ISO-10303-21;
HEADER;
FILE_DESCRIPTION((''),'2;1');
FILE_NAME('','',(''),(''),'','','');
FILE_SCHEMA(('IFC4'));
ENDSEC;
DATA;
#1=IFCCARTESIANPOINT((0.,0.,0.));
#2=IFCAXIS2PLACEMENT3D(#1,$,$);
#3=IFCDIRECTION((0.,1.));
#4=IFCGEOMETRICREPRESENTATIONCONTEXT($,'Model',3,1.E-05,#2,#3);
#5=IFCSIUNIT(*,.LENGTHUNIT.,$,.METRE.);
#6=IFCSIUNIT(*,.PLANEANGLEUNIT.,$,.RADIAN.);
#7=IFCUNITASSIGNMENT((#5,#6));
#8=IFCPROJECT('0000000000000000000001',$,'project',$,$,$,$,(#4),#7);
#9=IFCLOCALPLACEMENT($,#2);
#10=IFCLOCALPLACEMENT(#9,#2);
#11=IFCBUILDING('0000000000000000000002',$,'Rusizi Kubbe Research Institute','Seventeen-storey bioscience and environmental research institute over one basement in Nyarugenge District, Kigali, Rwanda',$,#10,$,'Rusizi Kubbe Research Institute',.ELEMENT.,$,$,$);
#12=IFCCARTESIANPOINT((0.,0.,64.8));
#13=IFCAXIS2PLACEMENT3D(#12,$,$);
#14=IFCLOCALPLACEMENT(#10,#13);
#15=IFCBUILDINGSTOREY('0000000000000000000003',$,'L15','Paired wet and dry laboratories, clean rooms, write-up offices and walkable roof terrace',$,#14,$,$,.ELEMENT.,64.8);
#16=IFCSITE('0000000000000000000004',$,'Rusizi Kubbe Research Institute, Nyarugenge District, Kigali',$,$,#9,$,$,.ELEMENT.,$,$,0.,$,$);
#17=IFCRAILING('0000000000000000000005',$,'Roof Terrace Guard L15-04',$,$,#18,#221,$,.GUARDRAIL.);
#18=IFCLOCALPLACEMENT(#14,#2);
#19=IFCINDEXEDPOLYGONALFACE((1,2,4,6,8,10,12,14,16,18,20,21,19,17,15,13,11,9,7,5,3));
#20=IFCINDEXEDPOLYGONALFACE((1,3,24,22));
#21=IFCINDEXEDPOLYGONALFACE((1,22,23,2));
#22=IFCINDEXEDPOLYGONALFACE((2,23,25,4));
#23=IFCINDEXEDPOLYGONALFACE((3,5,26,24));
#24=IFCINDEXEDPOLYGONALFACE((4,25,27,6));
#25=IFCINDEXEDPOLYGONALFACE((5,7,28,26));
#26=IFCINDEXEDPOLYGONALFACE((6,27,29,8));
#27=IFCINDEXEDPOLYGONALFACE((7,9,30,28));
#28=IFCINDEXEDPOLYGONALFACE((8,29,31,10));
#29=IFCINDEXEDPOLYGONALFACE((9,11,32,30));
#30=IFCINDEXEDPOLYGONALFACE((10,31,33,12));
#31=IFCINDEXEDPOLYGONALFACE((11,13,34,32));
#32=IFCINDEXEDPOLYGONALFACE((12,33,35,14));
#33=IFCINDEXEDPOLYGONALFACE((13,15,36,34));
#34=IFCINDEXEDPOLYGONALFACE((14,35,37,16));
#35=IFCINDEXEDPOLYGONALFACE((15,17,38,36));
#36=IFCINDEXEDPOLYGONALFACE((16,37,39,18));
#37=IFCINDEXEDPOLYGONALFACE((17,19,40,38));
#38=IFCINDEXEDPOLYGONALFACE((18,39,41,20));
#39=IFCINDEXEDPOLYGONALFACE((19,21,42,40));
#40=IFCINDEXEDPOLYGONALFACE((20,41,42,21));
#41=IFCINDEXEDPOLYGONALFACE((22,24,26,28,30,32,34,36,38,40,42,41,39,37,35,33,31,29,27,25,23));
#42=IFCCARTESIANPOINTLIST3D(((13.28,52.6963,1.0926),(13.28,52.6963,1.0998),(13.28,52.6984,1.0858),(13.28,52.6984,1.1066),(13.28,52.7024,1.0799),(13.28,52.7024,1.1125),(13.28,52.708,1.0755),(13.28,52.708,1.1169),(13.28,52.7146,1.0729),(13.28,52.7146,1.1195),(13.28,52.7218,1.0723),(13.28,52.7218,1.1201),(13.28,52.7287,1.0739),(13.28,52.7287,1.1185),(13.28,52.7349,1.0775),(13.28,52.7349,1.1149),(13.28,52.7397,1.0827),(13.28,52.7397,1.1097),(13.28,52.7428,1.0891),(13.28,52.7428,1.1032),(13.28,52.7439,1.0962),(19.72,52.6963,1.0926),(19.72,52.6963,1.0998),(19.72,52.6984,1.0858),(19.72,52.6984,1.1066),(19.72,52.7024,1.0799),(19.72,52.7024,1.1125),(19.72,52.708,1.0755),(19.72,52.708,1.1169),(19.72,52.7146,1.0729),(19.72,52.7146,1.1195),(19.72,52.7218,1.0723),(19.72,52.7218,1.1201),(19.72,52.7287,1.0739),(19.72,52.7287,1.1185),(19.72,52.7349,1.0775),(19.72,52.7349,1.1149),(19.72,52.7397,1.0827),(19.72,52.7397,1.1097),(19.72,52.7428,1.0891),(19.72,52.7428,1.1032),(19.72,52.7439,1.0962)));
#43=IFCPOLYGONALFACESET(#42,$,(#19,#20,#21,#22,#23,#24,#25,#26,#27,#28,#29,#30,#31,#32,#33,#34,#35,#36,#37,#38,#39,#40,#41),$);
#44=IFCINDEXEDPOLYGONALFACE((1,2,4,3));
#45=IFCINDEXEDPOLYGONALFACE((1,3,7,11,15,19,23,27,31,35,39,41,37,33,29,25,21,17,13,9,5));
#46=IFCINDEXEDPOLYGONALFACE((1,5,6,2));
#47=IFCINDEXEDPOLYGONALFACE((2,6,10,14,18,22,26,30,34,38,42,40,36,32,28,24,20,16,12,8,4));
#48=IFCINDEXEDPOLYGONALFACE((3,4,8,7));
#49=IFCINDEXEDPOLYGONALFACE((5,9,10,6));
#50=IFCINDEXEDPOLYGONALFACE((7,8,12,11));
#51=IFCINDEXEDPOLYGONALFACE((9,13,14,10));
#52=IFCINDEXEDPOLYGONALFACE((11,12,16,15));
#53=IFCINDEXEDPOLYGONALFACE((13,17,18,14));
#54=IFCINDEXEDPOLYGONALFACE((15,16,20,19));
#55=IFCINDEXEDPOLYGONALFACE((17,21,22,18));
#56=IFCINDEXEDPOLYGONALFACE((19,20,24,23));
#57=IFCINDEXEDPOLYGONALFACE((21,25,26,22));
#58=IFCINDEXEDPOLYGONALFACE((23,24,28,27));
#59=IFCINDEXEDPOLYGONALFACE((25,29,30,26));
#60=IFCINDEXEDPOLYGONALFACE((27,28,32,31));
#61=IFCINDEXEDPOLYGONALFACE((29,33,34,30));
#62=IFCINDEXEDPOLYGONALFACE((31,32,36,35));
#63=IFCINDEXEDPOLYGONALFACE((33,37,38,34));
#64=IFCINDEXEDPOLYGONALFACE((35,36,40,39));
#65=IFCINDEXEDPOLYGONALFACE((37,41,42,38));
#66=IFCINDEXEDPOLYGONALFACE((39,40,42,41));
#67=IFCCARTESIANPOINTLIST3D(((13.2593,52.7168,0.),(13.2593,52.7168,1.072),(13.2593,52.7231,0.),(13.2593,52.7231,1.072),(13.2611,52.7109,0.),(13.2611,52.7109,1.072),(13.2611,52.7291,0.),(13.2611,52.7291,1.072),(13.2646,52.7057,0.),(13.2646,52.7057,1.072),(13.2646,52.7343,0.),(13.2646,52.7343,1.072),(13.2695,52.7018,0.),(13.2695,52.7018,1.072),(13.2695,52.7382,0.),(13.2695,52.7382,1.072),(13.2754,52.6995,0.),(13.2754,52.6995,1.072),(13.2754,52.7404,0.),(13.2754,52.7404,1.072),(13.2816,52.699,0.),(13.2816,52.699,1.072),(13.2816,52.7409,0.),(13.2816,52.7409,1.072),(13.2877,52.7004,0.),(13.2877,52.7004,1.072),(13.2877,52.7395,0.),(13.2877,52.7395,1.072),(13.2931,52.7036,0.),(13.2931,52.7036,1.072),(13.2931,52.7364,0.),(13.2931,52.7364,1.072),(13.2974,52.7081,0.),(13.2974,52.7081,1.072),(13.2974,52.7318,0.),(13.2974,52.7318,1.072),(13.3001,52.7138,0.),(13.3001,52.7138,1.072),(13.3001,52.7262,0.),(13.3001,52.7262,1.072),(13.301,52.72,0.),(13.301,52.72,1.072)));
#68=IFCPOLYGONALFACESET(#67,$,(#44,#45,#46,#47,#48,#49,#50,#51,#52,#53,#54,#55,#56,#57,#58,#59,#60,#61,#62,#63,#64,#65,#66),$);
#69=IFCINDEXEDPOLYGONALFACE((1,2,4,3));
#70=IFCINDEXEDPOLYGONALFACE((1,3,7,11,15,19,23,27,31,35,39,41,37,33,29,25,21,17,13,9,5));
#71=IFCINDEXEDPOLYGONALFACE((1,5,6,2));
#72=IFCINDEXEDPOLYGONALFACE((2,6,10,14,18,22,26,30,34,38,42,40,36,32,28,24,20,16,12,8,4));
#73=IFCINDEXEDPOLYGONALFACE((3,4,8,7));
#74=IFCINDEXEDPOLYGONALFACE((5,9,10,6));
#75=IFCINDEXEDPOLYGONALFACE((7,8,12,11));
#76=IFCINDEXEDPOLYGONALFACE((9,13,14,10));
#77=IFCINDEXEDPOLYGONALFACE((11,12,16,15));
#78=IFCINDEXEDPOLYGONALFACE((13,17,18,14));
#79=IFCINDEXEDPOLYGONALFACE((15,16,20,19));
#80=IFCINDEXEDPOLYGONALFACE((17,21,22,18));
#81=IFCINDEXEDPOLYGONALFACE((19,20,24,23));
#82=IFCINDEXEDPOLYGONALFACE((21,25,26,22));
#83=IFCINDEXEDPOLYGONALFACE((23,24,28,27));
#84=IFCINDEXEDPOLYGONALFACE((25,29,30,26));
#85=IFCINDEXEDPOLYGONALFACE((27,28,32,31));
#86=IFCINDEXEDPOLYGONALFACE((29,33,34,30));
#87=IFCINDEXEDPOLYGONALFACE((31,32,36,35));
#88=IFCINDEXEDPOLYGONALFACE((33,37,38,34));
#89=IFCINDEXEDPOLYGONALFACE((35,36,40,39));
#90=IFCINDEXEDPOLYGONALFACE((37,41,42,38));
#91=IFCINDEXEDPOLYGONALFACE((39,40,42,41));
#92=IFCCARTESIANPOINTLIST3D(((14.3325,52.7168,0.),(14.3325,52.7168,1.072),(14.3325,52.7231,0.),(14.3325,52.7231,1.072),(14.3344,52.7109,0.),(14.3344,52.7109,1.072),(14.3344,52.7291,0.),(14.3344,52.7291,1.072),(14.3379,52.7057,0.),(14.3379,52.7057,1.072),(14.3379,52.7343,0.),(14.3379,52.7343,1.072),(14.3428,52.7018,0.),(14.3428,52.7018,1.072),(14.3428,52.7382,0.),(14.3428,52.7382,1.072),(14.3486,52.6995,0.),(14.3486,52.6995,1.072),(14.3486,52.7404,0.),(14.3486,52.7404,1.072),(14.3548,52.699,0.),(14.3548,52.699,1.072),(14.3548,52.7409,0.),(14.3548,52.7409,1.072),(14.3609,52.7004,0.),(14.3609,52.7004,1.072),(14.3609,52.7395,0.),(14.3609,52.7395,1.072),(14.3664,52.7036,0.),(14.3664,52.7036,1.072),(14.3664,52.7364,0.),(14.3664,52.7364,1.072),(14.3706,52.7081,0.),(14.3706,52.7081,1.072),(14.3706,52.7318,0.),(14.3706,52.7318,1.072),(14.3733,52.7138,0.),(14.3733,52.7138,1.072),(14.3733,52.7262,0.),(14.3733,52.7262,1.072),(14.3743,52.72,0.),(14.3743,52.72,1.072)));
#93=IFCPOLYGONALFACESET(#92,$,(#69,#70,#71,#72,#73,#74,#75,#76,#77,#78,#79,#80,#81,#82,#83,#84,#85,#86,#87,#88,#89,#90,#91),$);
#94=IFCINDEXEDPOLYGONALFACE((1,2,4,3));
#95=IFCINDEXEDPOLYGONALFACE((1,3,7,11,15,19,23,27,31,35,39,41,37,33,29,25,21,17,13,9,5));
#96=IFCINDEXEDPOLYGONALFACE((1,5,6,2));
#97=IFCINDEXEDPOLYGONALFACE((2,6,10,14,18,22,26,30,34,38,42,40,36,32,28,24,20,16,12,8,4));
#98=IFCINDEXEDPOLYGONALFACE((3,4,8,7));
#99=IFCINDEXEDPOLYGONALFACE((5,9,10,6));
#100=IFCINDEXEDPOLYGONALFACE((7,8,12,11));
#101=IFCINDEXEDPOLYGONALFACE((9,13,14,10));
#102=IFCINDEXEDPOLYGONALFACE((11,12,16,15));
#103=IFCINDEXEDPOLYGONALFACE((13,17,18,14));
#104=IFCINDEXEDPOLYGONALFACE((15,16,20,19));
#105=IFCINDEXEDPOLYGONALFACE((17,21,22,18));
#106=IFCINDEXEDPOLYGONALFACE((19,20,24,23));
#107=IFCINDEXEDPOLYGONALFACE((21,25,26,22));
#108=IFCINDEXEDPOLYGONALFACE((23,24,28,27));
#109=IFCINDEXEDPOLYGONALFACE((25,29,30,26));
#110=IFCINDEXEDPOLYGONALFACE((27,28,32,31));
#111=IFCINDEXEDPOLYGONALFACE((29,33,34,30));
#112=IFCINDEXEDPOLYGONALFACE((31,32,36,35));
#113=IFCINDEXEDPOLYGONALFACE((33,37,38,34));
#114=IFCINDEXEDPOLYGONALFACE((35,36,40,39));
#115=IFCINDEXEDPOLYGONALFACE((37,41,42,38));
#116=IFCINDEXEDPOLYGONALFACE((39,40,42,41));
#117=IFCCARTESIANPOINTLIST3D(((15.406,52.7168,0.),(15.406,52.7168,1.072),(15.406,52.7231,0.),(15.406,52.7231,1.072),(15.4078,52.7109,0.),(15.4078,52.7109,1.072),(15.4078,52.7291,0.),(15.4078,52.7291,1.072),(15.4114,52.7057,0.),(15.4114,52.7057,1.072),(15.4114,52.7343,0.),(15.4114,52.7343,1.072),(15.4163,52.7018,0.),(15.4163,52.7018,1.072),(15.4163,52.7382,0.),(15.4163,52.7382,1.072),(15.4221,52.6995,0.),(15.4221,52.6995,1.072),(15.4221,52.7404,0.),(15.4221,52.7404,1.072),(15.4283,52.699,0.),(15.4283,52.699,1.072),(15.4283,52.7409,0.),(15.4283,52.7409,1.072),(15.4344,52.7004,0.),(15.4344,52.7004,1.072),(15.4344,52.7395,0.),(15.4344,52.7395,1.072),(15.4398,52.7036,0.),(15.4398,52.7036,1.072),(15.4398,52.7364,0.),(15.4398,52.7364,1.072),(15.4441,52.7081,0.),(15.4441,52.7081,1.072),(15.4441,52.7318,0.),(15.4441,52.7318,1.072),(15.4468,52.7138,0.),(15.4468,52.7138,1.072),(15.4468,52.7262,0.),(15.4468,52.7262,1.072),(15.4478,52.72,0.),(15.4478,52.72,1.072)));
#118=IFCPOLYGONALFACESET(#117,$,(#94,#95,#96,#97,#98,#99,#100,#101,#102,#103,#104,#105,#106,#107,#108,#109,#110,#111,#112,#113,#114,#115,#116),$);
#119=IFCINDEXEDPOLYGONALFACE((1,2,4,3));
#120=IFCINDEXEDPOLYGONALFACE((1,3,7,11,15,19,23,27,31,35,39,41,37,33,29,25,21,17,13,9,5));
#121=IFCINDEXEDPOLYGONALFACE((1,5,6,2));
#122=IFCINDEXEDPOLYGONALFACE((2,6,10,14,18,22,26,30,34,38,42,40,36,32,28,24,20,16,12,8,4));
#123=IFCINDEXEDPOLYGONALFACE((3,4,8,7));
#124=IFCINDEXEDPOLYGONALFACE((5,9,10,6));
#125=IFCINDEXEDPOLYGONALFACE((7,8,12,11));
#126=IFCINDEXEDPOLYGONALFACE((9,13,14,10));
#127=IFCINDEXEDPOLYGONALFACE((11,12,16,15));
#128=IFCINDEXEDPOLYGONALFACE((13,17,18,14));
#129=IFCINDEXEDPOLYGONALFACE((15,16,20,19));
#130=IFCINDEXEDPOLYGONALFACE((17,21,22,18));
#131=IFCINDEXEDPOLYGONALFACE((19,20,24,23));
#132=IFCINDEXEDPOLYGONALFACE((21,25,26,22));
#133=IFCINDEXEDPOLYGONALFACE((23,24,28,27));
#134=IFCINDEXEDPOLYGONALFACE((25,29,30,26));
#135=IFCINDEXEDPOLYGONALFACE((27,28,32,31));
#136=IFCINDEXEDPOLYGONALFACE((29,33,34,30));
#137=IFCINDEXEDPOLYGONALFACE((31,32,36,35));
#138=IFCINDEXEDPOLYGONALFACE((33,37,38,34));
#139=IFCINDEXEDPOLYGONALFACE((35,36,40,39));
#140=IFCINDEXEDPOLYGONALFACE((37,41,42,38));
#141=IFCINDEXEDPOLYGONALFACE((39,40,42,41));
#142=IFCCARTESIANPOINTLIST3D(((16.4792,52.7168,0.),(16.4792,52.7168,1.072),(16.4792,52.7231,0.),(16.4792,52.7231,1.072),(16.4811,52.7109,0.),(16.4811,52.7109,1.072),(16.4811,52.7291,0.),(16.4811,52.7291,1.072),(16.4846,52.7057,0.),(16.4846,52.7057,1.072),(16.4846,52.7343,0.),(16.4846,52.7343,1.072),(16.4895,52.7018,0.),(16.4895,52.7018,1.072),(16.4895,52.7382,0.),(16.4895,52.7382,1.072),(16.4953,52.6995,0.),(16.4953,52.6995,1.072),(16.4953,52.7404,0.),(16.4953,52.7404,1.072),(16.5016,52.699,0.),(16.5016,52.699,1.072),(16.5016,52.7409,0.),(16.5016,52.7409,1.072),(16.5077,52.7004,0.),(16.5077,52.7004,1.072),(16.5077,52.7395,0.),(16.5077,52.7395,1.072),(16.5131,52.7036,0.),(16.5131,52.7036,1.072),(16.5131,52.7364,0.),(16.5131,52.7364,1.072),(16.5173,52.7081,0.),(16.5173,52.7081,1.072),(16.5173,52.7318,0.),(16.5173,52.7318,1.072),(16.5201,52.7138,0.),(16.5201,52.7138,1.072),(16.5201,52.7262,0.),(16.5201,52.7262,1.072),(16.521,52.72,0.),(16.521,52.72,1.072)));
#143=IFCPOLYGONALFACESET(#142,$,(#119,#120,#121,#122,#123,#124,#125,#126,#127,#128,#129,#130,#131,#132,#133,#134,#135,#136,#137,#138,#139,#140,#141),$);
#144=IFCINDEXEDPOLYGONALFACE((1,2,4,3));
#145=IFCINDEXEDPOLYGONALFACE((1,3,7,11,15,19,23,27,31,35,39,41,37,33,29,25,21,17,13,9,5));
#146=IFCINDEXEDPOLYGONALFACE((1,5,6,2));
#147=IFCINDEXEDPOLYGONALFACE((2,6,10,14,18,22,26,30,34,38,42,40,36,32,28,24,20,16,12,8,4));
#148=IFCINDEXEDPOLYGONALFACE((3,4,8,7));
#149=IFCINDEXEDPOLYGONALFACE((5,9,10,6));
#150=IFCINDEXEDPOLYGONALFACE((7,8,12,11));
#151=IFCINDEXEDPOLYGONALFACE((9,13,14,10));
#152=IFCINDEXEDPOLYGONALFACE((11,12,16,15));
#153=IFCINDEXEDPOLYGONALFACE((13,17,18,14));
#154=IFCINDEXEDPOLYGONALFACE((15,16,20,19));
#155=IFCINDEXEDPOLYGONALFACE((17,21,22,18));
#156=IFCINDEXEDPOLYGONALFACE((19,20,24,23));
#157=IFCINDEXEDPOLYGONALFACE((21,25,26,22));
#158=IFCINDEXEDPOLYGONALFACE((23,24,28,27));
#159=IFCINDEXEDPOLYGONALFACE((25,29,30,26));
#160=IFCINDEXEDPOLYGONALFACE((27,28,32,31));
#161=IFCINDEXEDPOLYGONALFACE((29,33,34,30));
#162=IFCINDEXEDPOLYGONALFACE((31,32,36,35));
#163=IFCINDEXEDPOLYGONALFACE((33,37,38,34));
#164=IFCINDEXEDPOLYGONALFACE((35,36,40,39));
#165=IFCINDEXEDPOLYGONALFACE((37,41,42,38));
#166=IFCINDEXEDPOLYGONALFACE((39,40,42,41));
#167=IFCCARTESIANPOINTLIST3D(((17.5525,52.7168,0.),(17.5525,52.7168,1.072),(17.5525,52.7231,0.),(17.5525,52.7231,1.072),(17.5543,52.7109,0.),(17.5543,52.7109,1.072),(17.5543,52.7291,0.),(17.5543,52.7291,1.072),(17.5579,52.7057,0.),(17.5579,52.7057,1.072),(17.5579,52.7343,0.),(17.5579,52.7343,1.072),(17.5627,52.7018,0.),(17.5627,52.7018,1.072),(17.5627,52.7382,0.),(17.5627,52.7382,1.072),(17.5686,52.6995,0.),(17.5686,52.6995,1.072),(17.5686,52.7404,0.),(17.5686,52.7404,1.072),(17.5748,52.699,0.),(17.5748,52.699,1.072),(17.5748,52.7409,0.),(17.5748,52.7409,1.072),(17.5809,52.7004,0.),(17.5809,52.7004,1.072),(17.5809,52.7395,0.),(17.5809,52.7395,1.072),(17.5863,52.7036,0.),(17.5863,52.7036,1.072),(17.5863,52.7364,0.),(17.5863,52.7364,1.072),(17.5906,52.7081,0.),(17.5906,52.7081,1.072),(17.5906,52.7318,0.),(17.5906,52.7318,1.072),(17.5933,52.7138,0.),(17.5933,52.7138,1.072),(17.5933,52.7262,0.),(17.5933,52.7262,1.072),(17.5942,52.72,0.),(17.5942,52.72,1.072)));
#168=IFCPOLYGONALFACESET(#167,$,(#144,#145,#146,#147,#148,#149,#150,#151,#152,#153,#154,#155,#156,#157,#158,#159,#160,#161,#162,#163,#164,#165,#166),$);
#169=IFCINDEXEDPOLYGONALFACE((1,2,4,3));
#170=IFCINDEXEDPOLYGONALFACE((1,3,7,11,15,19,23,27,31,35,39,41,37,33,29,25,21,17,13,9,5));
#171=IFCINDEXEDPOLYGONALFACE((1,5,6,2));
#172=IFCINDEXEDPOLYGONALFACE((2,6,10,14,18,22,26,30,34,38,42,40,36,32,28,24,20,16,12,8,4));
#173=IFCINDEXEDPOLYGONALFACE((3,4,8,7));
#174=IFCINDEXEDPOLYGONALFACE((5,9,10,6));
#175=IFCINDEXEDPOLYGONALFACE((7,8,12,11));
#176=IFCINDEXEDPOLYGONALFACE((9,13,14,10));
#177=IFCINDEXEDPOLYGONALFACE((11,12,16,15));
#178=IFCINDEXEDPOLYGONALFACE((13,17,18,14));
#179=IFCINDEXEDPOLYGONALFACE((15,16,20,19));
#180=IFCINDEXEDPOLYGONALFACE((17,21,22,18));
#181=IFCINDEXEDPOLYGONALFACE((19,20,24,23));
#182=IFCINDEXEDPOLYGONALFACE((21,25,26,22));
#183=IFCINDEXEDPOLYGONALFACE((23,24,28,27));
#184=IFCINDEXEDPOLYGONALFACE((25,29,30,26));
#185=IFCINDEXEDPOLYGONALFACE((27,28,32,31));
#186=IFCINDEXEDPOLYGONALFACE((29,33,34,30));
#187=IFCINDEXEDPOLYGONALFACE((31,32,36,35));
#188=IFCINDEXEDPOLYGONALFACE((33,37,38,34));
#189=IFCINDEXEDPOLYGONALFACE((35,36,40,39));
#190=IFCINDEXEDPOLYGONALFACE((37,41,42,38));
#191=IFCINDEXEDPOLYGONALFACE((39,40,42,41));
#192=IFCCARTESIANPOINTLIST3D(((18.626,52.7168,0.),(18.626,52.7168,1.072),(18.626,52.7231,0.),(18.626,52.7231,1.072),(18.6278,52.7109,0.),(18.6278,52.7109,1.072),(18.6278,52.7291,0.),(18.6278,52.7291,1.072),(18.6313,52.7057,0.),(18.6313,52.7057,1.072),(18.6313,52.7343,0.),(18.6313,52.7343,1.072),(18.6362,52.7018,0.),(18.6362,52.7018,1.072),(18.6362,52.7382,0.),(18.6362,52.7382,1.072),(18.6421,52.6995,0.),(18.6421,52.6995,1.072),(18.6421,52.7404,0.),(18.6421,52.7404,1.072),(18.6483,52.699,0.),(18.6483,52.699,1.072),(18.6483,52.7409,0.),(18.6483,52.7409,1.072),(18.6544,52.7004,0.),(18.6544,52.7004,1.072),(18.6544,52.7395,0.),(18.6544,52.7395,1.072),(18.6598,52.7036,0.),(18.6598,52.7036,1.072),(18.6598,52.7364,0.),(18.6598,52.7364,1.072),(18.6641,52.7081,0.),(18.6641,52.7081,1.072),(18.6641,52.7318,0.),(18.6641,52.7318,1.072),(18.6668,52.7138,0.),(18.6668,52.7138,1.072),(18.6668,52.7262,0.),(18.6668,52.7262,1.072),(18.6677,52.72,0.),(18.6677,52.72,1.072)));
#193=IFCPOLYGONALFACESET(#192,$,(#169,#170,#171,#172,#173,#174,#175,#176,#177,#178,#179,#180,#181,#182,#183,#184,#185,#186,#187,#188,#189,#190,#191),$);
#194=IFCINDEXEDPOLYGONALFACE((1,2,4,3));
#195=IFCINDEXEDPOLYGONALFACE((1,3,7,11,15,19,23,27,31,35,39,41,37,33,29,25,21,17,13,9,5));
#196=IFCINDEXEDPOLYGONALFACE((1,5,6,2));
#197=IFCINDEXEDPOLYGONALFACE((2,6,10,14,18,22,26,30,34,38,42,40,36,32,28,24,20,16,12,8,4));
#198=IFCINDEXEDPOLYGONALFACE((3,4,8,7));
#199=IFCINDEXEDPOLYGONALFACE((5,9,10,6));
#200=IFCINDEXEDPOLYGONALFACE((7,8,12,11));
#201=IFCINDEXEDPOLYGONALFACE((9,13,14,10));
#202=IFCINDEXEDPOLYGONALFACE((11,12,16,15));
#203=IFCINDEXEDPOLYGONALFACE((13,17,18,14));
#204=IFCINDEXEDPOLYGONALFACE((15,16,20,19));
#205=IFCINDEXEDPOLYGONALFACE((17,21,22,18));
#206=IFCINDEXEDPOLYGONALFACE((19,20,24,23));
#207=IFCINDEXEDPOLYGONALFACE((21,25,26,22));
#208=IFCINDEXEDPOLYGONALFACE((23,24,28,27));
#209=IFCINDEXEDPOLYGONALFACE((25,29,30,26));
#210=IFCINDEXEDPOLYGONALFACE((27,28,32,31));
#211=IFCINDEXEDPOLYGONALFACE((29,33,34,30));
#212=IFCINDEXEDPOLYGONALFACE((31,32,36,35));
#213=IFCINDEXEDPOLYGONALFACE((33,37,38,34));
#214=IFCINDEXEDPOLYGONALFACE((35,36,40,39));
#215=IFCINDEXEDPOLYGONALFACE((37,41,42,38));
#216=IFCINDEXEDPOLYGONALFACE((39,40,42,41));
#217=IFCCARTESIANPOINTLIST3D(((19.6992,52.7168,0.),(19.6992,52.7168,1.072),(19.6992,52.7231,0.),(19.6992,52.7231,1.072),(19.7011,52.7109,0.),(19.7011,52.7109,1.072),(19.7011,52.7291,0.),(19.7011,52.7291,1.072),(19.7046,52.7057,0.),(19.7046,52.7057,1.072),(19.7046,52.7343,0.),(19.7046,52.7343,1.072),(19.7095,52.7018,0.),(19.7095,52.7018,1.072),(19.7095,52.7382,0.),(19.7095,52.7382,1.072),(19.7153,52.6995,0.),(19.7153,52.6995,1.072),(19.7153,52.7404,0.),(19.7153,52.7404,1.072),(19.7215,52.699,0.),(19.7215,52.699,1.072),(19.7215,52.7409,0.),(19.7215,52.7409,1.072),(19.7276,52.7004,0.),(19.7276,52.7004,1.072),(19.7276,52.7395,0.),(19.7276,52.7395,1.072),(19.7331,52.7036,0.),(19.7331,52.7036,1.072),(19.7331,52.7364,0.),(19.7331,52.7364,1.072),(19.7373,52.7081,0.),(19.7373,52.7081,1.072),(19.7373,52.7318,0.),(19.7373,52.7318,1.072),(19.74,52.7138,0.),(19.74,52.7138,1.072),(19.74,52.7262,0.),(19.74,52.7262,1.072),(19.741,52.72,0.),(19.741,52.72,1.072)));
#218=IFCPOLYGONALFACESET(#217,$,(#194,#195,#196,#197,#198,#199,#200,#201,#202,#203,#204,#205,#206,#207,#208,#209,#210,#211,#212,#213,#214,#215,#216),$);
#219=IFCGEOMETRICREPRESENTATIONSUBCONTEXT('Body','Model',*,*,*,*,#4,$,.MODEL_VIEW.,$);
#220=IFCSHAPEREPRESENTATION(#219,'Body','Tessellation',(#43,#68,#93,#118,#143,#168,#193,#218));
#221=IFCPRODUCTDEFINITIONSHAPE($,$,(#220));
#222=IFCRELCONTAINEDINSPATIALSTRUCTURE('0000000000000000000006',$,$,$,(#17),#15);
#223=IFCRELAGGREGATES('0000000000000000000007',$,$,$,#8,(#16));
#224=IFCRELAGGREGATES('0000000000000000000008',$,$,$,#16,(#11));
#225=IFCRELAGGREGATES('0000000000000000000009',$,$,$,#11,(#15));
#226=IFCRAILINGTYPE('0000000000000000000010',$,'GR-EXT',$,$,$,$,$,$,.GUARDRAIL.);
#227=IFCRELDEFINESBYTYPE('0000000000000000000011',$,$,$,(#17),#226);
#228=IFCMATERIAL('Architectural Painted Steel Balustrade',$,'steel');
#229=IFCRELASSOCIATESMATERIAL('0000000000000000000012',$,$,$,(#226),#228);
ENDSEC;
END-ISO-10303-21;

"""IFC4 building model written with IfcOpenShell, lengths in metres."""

from ifc_helpers import new_model, si_unit, direction, frame, origin, origin_2d, place, context, subcontext, project, spatial, circle, extrude, material, type_object, element, save


model = new_model("IFC4")

# Units and contexts
model_context = context("Model", 3, precision=1e-05, world=origin(), true_north=direction((0.0, 1.0)))
body_context = subcontext(model_context, "Body", "Model", "MODEL_VIEW")
ifc_project = project(units=[si_unit("LENGTHUNIT", "METRE"), si_unit("PLANEANGLEUNIT", "RADIAN")], contexts=[model_context])

# Site, building, storey
site_placement = place(None, origin())
site = spatial("IfcSite", under=ifc_project, at=site_placement, Name="Rusizi Kubbe Research Institute, Nyarugenge District, Kigali", CompositionType="ELEMENT", RefElevation=0.0)
building_placement = place(site_placement, origin())
building = spatial("IfcBuilding", under=site, at=building_placement, Name="Rusizi Kubbe Research Institute", Description="Seventeen-storey bioscience and environmental research institute over one basement in Nyarugenge District, Kigali, Rwanda", LongName="Rusizi Kubbe Research Institute", CompositionType="ELEMENT")
storey_placement = place(building_placement, frame((0.0, 0.0, 64.8)))
storey = spatial("IfcBuildingStorey", under=building, at=storey_placement, Name="L15", Description="Paired wet and dry laboratories, clean rooms, write-up offices and walkable roof terrace", CompositionType="ELEMENT", Elevation=64.8)

# Railing
ifc_material_1 = material(Name="Architectural Painted Steel Balustrade", Category="steel")
railing_type = type_object("IfcRailingType", Name="GR-EXT", PredefinedType="GUARDRAIL", material=ifc_material_1)
railing_1_placement = place(storey_placement, frame((13.28, 52.72, 0.0)))
element("IfcRailing", 1, at=railing_1_placement, inside=storey, type_object=railing_type, Name="Roof Terrace Guard L15-04", PredefinedType="GUARDRAIL", context=body_context, shape_type="SweptSolid", body=[
    extrude(circle(Radius=0.0239, at=origin_2d()), frame((0.0, 0.0, 1.0962), z_axis=(1.0, 0.0, 0.0), x_axis=(0.0, 1.0, 0.0)), (0.0, 0.0, 1.0), 6.4399),
    extrude(circle(Radius=0.021, at=origin_2d()), origin(), (0.0, 0.0, 1.0), 1.072),
    extrude(circle(Radius=0.021, at=origin_2d()), frame((1.0732, 0.0, 0.0)), (0.0, 0.0, 1.0), 1.072),
    extrude(circle(Radius=0.021, at=origin_2d()), frame((2.1467, 0.0, 0.0)), (0.0, 0.0, 1.0), 1.072),
    extrude(circle(Radius=0.021, at=origin_2d()), frame((3.22, 0.0, 0.0)), (0.0, 0.0, 1.0), 1.072),
    extrude(circle(Radius=0.021, at=origin_2d()), frame((4.2932, 0.0, 0.0)), (0.0, 0.0, 1.0), 1.072),
    extrude(circle(Radius=0.021, at=origin_2d()), frame((5.3667, 0.0, 0.0)), (0.0, 0.0, 1.0), 1.072),
    extrude(circle(Radius=0.021, at=origin_2d()), frame((6.4399, 0.0, 0.0)), (0.0, 0.0, 1.0), 1.072),
])

save(model, "model.ifc")
